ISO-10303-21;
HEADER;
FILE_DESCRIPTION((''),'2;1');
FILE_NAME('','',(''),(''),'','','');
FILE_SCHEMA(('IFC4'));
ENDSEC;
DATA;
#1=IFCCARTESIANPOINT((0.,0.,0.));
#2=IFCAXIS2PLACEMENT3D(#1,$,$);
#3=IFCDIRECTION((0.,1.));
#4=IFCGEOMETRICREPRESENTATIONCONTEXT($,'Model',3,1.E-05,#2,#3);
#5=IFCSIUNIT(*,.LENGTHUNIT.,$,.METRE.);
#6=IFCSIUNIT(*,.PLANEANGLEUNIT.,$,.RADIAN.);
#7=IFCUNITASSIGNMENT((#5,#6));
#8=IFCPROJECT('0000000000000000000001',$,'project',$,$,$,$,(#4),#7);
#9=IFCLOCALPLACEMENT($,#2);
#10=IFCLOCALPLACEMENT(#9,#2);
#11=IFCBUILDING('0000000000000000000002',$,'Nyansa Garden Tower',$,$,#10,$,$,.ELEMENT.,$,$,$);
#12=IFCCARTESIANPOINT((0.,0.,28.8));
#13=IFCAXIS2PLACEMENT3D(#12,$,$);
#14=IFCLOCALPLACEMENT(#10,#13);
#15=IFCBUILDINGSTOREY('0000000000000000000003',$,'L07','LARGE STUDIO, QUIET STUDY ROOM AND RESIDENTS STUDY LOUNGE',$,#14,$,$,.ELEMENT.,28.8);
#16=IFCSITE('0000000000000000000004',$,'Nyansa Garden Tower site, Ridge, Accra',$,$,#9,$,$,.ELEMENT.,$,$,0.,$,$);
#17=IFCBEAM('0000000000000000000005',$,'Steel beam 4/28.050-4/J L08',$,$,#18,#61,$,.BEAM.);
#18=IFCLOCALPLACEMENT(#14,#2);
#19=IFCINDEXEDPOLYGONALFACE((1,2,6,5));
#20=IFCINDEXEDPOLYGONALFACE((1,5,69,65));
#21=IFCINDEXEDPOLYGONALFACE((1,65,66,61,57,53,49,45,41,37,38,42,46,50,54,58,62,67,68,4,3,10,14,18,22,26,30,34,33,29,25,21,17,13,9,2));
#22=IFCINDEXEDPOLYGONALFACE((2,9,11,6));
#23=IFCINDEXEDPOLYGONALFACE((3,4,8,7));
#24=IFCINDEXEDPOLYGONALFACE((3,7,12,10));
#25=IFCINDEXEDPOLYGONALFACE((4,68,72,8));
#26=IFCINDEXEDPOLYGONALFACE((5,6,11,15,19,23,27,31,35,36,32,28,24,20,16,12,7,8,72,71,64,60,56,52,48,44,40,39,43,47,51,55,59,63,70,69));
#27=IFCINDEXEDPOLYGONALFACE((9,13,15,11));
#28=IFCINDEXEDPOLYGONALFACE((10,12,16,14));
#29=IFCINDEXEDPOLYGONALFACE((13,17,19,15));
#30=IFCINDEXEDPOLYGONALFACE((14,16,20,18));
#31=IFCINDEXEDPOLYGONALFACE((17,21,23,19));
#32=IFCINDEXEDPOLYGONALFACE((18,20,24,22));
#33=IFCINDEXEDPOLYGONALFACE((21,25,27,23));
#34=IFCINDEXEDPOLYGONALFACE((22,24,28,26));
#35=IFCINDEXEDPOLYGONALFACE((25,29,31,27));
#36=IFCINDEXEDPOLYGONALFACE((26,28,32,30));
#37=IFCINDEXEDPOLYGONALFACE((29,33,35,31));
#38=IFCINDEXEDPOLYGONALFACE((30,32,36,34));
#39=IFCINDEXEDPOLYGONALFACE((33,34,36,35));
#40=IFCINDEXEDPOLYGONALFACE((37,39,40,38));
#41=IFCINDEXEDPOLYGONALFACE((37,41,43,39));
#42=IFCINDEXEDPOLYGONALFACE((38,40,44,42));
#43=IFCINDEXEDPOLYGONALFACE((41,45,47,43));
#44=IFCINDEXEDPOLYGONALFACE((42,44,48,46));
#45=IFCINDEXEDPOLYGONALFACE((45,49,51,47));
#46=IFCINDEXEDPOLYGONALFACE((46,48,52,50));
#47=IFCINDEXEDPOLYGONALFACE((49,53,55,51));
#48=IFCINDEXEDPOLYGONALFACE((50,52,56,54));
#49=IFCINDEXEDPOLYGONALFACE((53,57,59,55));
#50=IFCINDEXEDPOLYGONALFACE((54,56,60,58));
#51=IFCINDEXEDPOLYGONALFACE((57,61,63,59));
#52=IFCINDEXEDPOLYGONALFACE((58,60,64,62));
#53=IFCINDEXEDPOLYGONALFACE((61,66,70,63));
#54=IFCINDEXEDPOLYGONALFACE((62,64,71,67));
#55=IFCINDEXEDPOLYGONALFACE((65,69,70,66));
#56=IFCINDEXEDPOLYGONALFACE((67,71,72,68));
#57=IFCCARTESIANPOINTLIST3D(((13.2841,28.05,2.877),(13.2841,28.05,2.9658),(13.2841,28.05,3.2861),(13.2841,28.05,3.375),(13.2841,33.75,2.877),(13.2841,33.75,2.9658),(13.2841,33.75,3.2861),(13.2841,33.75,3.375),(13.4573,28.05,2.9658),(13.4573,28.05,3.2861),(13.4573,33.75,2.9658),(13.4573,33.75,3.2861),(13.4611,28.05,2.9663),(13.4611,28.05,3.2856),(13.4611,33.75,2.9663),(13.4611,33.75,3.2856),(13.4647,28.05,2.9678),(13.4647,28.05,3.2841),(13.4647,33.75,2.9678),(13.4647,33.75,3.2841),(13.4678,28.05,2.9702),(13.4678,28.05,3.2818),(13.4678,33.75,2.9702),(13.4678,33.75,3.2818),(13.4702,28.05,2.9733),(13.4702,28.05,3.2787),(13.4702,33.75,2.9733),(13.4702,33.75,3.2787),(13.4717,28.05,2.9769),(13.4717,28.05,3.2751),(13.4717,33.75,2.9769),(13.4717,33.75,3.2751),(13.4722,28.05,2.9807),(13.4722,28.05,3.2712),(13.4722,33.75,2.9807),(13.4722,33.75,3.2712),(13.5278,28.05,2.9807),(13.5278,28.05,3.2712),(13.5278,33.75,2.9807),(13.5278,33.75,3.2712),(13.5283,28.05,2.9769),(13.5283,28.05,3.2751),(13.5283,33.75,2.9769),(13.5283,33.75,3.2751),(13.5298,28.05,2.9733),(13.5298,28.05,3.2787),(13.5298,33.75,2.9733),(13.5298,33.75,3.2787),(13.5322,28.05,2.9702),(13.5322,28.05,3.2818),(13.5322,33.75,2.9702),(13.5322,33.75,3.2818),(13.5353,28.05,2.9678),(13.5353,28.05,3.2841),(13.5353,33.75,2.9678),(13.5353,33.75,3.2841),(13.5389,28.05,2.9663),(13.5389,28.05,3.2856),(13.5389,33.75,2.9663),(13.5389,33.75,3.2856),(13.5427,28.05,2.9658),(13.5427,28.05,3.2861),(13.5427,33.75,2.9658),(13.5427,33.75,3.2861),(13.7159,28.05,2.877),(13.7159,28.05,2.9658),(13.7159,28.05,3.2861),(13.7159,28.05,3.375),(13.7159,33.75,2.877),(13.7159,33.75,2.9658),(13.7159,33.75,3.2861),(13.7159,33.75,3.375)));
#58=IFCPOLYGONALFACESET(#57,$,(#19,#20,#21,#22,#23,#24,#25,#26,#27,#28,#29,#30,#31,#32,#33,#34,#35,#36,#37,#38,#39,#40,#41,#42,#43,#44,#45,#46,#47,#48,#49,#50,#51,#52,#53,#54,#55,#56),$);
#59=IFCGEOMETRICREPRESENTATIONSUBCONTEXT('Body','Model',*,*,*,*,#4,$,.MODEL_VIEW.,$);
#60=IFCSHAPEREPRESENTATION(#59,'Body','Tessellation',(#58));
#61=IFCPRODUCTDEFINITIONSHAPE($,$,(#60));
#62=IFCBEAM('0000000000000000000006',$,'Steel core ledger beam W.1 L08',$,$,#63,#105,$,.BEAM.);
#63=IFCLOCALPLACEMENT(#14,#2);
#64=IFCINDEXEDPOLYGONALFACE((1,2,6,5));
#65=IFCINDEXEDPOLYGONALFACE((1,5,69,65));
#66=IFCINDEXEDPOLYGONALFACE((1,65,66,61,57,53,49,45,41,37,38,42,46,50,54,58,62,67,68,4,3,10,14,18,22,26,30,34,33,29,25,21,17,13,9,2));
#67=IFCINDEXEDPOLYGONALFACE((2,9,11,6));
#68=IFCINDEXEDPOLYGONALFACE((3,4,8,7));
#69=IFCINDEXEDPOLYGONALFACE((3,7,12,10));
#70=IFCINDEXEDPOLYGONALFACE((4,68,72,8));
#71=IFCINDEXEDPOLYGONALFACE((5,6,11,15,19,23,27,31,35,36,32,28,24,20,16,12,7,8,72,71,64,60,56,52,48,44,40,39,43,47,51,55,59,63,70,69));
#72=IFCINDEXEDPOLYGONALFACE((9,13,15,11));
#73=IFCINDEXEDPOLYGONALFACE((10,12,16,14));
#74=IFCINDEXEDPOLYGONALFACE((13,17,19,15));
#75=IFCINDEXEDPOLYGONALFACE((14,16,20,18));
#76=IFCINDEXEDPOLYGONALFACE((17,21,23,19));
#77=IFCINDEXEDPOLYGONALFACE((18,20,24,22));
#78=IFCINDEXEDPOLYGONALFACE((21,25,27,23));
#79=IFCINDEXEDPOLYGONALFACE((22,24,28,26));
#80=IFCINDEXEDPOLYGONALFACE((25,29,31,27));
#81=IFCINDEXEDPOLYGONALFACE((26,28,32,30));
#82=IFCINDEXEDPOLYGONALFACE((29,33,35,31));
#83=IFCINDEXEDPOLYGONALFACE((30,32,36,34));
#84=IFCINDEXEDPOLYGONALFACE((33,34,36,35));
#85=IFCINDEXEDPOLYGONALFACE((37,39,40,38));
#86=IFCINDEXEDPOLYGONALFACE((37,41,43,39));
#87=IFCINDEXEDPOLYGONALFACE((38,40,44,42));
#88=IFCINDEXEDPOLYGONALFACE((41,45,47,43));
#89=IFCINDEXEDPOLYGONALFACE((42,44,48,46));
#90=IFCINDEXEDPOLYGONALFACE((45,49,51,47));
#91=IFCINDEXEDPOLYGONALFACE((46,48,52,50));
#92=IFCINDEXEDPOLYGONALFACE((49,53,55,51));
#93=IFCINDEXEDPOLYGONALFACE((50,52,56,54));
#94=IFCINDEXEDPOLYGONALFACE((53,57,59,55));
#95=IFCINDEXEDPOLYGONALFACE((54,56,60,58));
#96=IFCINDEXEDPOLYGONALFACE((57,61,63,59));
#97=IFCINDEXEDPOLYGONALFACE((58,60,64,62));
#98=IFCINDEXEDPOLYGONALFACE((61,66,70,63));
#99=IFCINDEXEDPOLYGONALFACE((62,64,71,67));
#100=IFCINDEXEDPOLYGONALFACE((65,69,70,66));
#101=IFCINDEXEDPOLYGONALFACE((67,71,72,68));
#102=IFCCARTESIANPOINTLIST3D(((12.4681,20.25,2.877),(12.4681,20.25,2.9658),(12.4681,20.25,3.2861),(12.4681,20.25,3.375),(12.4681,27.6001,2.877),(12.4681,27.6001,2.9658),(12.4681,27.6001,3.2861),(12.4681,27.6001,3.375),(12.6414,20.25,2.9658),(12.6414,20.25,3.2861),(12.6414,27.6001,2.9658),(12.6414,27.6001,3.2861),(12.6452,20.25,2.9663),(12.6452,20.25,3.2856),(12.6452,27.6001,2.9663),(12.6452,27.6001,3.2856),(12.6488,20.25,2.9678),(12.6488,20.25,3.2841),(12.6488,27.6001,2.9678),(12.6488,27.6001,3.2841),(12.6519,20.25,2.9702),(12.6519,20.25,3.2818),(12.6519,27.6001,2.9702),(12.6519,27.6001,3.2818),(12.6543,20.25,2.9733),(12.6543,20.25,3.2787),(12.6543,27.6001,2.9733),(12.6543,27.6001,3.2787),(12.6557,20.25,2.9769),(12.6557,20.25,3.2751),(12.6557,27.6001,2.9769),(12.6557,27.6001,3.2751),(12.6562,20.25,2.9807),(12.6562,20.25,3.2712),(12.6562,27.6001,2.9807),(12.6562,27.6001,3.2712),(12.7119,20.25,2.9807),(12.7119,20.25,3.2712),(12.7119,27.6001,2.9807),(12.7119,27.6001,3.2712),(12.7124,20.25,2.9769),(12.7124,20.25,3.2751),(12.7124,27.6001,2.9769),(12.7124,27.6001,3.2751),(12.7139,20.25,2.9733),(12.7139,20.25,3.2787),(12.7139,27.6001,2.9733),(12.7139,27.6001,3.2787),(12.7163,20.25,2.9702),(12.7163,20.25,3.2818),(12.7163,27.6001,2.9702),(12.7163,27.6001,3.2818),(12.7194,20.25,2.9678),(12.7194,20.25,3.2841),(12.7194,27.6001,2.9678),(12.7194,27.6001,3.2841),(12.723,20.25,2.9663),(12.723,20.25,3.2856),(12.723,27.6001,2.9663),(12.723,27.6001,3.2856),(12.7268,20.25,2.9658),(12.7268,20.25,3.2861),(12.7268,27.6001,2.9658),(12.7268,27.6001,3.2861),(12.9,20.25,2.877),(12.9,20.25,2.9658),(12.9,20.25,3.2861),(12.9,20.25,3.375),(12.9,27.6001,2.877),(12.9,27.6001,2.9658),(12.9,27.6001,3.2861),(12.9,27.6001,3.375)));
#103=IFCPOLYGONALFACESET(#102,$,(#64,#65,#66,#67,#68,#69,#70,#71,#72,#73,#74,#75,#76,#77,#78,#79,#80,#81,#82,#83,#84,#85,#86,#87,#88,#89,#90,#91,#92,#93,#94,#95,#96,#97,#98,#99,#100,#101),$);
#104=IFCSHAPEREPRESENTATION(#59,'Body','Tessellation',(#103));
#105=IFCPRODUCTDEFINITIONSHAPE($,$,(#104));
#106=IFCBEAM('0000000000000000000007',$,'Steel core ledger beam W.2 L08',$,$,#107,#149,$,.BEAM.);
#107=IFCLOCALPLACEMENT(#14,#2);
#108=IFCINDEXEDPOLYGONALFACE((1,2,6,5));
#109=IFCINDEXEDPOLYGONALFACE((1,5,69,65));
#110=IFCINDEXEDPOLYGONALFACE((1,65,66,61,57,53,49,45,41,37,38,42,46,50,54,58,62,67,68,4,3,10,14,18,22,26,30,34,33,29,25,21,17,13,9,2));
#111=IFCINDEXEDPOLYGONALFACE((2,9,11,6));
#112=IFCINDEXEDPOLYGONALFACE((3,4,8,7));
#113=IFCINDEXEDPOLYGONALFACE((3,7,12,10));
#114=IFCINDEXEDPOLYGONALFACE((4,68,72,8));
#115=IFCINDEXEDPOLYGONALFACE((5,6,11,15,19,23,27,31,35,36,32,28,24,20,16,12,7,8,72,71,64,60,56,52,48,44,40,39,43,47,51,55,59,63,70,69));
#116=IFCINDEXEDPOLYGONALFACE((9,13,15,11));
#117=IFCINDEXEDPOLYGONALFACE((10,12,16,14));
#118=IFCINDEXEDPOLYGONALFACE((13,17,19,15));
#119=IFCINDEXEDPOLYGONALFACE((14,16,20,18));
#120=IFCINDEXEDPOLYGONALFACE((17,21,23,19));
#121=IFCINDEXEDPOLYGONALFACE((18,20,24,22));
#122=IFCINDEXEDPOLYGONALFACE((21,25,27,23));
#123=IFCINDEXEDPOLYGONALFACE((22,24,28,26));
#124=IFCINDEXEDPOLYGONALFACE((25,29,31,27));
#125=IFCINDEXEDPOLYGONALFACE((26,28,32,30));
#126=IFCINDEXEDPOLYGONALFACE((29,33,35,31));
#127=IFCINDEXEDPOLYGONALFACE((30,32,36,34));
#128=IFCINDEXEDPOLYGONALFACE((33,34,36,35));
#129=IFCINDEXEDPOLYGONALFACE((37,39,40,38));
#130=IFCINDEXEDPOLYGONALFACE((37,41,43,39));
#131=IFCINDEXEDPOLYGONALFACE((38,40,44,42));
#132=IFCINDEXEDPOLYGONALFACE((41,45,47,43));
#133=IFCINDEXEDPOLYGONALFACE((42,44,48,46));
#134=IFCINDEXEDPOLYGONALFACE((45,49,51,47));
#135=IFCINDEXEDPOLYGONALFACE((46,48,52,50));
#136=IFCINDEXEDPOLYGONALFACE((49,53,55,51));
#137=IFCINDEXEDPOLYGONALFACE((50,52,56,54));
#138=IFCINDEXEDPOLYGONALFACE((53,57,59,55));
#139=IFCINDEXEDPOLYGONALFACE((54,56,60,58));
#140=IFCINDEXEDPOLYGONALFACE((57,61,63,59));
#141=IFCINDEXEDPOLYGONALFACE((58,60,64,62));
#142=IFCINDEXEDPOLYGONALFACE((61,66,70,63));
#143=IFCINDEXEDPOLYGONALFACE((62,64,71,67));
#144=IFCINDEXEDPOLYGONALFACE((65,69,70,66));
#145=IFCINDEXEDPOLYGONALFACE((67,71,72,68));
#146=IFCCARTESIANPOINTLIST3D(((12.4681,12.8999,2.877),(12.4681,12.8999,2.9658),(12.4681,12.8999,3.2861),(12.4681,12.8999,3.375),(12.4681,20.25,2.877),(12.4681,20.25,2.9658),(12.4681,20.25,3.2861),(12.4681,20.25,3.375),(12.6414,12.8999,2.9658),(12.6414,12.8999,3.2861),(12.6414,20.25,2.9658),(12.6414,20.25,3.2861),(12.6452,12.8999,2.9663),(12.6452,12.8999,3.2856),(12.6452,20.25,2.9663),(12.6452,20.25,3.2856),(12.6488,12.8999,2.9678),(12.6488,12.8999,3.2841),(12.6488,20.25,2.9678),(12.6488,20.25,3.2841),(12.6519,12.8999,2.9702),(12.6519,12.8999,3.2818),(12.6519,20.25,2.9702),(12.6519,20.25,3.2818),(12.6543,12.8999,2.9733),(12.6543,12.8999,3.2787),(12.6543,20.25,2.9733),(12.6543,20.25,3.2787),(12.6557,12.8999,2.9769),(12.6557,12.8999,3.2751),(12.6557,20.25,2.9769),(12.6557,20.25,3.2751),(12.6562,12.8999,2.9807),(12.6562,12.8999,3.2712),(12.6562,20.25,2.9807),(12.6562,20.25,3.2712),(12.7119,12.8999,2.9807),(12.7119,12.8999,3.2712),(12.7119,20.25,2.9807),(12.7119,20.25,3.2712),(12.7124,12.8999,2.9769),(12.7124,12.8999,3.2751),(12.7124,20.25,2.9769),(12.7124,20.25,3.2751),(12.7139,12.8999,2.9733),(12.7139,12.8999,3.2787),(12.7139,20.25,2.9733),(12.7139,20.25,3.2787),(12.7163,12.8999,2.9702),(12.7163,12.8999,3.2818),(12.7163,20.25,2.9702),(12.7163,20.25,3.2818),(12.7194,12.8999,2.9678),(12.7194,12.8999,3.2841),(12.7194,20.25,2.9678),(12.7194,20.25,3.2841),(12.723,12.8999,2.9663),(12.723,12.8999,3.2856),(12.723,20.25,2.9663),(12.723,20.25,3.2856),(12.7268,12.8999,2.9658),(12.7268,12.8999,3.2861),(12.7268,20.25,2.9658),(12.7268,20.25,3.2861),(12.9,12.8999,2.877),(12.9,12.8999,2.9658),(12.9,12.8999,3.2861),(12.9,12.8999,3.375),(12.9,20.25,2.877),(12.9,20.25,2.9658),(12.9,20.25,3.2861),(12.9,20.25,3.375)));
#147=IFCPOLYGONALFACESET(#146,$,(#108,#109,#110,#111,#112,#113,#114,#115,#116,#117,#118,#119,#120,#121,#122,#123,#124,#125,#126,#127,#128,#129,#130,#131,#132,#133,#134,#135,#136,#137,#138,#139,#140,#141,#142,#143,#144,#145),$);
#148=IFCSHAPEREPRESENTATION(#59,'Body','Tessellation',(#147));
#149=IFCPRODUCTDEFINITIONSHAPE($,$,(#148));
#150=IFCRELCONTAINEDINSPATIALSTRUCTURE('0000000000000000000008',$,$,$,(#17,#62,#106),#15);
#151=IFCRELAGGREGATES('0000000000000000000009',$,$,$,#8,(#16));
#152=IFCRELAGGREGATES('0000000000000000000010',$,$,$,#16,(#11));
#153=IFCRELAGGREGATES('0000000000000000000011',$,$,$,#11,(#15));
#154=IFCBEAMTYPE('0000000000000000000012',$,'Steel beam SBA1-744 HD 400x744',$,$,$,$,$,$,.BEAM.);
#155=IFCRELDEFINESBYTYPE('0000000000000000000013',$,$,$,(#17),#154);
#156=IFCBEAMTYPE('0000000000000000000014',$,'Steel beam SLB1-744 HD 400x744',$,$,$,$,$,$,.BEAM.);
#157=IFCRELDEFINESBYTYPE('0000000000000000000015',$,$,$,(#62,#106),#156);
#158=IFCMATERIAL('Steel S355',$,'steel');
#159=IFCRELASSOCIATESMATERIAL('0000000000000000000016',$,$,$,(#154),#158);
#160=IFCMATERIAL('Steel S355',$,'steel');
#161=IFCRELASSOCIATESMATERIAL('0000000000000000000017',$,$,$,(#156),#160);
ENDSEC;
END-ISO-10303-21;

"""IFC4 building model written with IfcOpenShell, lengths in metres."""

from ifc_helpers import new_model, si_unit, direction, frame, origin, origin_2d, place, context, subcontext, project, spatial, i_section, extrude, material, material_profile, profile_set, type_object, element, save


model = new_model("IFC4")

# Units and contexts
model_context = context("Model", 3, precision=1e-05, world=origin(), true_north=direction((0.0, 1.0)))
body_context = subcontext(model_context, "Body", "Model", "MODEL_VIEW")
ifc_project = project(units=[si_unit("LENGTHUNIT", "METRE"), si_unit("PLANEANGLEUNIT", "RADIAN")], contexts=[model_context])

# Site, building, storey
site_placement = place(None, origin())
site = spatial("IfcSite", under=ifc_project, at=site_placement, Name="Nyansa Garden Tower site, Ridge, Accra", CompositionType="ELEMENT", RefElevation=0.0)
building_placement = place(site_placement, origin())
building = spatial("IfcBuilding", under=site, at=building_placement, Name="Nyansa Garden Tower", CompositionType="ELEMENT")
storey_placement = place(building_placement, frame((0.0, 0.0, 28.8)))
storey = spatial("IfcBuildingStorey", under=building, at=storey_placement, Name="L07", Description="LARGE STUDIO, QUIET STUDY ROOM AND RESIDENTS STUDY LOUNGE", CompositionType="ELEMENT", Elevation=28.8)

# Beams
ifc_material_1 = material(Name="Steel S355", Category="steel")
ifc_material_profile_1 = material_profile(ifc_material_1, i_section(OverallWidth=0.4319, OverallDepth=0.498, WebThickness=0.0557, FlangeThickness=0.0889, FilletRadius=0.0149, at=origin_2d()), Name="HD 400x744")
ifc_profile_set_1 = profile_set([ifc_material_profile_1], Name="Steel S355")
beam_type_1 = type_object("IfcBeamType", Name="Steel beam SBA1-744 HD 400x744", PredefinedType="BEAM", material=ifc_profile_set_1)
for number, where, z_axis, x_axis, name in (
    (1, (13.5, 28.05, 3.126), (0.0, 1.0, 0.0), (-1.0, 0.0, 0.0), "Steel beam 4/28.050-4/J L08"),
):
    element("IfcBeam", number, at=place(storey_placement, frame(where, z_axis=z_axis, x_axis=x_axis)), inside=storey, type_object=beam_type_1, Name=name, PredefinedType="BEAM", context=body_context, shape_type="SweptSolid", body=[
        extrude(i_section(OverallWidth=0.4319, OverallDepth=0.498, WebThickness=0.0557, FlangeThickness=0.0889, FilletRadius=0.0149, at=origin_2d()), origin(), (0.0, 0.0, 1.0), 5.7),
    ])
ifc_material_2 = material(Name="Steel S355", Category="steel")
ifc_material_profile_2 = material_profile(ifc_material_2, i_section(OverallWidth=0.4319, OverallDepth=0.498, WebThickness=0.0557, FlangeThickness=0.0889, FilletRadius=0.0149, at=origin_2d()), Name="HD 400x744")
ifc_profile_set_2 = profile_set([ifc_material_profile_2], Name="Steel S355")
beam_type_2 = type_object("IfcBeamType", Name="Steel beam SLB1-744 HD 400x744", PredefinedType="BEAM", material=ifc_profile_set_2)
for number, where, z_axis, x_axis, name in (
    (2, (12.6841, 27.6001, 3.126), (0.0, -1.0, 0.0), (1.0, 0.0, 0.0), "Steel core ledger beam W.1 L08"),
    (3, (12.6841, 20.25, 3.126), (0.0, -1.0, 0.0), (1.0, 0.0, 0.0), "Steel core ledger beam W.2 L08"),
):
    element("IfcBeam", number, at=place(storey_placement, frame(where, z_axis=z_axis, x_axis=x_axis)), inside=storey, type_object=beam_type_2, Name=name, PredefinedType="BEAM", context=body_context, shape_type="SweptSolid", body=[
        extrude(i_section(OverallWidth=0.4319, OverallDepth=0.498, WebThickness=0.0557, FlangeThickness=0.0889, FilletRadius=0.0149, at=origin_2d()), origin(), (0.0, 0.0, 1.0), 7.3501),
    ])

save(model, "model.ifc")
